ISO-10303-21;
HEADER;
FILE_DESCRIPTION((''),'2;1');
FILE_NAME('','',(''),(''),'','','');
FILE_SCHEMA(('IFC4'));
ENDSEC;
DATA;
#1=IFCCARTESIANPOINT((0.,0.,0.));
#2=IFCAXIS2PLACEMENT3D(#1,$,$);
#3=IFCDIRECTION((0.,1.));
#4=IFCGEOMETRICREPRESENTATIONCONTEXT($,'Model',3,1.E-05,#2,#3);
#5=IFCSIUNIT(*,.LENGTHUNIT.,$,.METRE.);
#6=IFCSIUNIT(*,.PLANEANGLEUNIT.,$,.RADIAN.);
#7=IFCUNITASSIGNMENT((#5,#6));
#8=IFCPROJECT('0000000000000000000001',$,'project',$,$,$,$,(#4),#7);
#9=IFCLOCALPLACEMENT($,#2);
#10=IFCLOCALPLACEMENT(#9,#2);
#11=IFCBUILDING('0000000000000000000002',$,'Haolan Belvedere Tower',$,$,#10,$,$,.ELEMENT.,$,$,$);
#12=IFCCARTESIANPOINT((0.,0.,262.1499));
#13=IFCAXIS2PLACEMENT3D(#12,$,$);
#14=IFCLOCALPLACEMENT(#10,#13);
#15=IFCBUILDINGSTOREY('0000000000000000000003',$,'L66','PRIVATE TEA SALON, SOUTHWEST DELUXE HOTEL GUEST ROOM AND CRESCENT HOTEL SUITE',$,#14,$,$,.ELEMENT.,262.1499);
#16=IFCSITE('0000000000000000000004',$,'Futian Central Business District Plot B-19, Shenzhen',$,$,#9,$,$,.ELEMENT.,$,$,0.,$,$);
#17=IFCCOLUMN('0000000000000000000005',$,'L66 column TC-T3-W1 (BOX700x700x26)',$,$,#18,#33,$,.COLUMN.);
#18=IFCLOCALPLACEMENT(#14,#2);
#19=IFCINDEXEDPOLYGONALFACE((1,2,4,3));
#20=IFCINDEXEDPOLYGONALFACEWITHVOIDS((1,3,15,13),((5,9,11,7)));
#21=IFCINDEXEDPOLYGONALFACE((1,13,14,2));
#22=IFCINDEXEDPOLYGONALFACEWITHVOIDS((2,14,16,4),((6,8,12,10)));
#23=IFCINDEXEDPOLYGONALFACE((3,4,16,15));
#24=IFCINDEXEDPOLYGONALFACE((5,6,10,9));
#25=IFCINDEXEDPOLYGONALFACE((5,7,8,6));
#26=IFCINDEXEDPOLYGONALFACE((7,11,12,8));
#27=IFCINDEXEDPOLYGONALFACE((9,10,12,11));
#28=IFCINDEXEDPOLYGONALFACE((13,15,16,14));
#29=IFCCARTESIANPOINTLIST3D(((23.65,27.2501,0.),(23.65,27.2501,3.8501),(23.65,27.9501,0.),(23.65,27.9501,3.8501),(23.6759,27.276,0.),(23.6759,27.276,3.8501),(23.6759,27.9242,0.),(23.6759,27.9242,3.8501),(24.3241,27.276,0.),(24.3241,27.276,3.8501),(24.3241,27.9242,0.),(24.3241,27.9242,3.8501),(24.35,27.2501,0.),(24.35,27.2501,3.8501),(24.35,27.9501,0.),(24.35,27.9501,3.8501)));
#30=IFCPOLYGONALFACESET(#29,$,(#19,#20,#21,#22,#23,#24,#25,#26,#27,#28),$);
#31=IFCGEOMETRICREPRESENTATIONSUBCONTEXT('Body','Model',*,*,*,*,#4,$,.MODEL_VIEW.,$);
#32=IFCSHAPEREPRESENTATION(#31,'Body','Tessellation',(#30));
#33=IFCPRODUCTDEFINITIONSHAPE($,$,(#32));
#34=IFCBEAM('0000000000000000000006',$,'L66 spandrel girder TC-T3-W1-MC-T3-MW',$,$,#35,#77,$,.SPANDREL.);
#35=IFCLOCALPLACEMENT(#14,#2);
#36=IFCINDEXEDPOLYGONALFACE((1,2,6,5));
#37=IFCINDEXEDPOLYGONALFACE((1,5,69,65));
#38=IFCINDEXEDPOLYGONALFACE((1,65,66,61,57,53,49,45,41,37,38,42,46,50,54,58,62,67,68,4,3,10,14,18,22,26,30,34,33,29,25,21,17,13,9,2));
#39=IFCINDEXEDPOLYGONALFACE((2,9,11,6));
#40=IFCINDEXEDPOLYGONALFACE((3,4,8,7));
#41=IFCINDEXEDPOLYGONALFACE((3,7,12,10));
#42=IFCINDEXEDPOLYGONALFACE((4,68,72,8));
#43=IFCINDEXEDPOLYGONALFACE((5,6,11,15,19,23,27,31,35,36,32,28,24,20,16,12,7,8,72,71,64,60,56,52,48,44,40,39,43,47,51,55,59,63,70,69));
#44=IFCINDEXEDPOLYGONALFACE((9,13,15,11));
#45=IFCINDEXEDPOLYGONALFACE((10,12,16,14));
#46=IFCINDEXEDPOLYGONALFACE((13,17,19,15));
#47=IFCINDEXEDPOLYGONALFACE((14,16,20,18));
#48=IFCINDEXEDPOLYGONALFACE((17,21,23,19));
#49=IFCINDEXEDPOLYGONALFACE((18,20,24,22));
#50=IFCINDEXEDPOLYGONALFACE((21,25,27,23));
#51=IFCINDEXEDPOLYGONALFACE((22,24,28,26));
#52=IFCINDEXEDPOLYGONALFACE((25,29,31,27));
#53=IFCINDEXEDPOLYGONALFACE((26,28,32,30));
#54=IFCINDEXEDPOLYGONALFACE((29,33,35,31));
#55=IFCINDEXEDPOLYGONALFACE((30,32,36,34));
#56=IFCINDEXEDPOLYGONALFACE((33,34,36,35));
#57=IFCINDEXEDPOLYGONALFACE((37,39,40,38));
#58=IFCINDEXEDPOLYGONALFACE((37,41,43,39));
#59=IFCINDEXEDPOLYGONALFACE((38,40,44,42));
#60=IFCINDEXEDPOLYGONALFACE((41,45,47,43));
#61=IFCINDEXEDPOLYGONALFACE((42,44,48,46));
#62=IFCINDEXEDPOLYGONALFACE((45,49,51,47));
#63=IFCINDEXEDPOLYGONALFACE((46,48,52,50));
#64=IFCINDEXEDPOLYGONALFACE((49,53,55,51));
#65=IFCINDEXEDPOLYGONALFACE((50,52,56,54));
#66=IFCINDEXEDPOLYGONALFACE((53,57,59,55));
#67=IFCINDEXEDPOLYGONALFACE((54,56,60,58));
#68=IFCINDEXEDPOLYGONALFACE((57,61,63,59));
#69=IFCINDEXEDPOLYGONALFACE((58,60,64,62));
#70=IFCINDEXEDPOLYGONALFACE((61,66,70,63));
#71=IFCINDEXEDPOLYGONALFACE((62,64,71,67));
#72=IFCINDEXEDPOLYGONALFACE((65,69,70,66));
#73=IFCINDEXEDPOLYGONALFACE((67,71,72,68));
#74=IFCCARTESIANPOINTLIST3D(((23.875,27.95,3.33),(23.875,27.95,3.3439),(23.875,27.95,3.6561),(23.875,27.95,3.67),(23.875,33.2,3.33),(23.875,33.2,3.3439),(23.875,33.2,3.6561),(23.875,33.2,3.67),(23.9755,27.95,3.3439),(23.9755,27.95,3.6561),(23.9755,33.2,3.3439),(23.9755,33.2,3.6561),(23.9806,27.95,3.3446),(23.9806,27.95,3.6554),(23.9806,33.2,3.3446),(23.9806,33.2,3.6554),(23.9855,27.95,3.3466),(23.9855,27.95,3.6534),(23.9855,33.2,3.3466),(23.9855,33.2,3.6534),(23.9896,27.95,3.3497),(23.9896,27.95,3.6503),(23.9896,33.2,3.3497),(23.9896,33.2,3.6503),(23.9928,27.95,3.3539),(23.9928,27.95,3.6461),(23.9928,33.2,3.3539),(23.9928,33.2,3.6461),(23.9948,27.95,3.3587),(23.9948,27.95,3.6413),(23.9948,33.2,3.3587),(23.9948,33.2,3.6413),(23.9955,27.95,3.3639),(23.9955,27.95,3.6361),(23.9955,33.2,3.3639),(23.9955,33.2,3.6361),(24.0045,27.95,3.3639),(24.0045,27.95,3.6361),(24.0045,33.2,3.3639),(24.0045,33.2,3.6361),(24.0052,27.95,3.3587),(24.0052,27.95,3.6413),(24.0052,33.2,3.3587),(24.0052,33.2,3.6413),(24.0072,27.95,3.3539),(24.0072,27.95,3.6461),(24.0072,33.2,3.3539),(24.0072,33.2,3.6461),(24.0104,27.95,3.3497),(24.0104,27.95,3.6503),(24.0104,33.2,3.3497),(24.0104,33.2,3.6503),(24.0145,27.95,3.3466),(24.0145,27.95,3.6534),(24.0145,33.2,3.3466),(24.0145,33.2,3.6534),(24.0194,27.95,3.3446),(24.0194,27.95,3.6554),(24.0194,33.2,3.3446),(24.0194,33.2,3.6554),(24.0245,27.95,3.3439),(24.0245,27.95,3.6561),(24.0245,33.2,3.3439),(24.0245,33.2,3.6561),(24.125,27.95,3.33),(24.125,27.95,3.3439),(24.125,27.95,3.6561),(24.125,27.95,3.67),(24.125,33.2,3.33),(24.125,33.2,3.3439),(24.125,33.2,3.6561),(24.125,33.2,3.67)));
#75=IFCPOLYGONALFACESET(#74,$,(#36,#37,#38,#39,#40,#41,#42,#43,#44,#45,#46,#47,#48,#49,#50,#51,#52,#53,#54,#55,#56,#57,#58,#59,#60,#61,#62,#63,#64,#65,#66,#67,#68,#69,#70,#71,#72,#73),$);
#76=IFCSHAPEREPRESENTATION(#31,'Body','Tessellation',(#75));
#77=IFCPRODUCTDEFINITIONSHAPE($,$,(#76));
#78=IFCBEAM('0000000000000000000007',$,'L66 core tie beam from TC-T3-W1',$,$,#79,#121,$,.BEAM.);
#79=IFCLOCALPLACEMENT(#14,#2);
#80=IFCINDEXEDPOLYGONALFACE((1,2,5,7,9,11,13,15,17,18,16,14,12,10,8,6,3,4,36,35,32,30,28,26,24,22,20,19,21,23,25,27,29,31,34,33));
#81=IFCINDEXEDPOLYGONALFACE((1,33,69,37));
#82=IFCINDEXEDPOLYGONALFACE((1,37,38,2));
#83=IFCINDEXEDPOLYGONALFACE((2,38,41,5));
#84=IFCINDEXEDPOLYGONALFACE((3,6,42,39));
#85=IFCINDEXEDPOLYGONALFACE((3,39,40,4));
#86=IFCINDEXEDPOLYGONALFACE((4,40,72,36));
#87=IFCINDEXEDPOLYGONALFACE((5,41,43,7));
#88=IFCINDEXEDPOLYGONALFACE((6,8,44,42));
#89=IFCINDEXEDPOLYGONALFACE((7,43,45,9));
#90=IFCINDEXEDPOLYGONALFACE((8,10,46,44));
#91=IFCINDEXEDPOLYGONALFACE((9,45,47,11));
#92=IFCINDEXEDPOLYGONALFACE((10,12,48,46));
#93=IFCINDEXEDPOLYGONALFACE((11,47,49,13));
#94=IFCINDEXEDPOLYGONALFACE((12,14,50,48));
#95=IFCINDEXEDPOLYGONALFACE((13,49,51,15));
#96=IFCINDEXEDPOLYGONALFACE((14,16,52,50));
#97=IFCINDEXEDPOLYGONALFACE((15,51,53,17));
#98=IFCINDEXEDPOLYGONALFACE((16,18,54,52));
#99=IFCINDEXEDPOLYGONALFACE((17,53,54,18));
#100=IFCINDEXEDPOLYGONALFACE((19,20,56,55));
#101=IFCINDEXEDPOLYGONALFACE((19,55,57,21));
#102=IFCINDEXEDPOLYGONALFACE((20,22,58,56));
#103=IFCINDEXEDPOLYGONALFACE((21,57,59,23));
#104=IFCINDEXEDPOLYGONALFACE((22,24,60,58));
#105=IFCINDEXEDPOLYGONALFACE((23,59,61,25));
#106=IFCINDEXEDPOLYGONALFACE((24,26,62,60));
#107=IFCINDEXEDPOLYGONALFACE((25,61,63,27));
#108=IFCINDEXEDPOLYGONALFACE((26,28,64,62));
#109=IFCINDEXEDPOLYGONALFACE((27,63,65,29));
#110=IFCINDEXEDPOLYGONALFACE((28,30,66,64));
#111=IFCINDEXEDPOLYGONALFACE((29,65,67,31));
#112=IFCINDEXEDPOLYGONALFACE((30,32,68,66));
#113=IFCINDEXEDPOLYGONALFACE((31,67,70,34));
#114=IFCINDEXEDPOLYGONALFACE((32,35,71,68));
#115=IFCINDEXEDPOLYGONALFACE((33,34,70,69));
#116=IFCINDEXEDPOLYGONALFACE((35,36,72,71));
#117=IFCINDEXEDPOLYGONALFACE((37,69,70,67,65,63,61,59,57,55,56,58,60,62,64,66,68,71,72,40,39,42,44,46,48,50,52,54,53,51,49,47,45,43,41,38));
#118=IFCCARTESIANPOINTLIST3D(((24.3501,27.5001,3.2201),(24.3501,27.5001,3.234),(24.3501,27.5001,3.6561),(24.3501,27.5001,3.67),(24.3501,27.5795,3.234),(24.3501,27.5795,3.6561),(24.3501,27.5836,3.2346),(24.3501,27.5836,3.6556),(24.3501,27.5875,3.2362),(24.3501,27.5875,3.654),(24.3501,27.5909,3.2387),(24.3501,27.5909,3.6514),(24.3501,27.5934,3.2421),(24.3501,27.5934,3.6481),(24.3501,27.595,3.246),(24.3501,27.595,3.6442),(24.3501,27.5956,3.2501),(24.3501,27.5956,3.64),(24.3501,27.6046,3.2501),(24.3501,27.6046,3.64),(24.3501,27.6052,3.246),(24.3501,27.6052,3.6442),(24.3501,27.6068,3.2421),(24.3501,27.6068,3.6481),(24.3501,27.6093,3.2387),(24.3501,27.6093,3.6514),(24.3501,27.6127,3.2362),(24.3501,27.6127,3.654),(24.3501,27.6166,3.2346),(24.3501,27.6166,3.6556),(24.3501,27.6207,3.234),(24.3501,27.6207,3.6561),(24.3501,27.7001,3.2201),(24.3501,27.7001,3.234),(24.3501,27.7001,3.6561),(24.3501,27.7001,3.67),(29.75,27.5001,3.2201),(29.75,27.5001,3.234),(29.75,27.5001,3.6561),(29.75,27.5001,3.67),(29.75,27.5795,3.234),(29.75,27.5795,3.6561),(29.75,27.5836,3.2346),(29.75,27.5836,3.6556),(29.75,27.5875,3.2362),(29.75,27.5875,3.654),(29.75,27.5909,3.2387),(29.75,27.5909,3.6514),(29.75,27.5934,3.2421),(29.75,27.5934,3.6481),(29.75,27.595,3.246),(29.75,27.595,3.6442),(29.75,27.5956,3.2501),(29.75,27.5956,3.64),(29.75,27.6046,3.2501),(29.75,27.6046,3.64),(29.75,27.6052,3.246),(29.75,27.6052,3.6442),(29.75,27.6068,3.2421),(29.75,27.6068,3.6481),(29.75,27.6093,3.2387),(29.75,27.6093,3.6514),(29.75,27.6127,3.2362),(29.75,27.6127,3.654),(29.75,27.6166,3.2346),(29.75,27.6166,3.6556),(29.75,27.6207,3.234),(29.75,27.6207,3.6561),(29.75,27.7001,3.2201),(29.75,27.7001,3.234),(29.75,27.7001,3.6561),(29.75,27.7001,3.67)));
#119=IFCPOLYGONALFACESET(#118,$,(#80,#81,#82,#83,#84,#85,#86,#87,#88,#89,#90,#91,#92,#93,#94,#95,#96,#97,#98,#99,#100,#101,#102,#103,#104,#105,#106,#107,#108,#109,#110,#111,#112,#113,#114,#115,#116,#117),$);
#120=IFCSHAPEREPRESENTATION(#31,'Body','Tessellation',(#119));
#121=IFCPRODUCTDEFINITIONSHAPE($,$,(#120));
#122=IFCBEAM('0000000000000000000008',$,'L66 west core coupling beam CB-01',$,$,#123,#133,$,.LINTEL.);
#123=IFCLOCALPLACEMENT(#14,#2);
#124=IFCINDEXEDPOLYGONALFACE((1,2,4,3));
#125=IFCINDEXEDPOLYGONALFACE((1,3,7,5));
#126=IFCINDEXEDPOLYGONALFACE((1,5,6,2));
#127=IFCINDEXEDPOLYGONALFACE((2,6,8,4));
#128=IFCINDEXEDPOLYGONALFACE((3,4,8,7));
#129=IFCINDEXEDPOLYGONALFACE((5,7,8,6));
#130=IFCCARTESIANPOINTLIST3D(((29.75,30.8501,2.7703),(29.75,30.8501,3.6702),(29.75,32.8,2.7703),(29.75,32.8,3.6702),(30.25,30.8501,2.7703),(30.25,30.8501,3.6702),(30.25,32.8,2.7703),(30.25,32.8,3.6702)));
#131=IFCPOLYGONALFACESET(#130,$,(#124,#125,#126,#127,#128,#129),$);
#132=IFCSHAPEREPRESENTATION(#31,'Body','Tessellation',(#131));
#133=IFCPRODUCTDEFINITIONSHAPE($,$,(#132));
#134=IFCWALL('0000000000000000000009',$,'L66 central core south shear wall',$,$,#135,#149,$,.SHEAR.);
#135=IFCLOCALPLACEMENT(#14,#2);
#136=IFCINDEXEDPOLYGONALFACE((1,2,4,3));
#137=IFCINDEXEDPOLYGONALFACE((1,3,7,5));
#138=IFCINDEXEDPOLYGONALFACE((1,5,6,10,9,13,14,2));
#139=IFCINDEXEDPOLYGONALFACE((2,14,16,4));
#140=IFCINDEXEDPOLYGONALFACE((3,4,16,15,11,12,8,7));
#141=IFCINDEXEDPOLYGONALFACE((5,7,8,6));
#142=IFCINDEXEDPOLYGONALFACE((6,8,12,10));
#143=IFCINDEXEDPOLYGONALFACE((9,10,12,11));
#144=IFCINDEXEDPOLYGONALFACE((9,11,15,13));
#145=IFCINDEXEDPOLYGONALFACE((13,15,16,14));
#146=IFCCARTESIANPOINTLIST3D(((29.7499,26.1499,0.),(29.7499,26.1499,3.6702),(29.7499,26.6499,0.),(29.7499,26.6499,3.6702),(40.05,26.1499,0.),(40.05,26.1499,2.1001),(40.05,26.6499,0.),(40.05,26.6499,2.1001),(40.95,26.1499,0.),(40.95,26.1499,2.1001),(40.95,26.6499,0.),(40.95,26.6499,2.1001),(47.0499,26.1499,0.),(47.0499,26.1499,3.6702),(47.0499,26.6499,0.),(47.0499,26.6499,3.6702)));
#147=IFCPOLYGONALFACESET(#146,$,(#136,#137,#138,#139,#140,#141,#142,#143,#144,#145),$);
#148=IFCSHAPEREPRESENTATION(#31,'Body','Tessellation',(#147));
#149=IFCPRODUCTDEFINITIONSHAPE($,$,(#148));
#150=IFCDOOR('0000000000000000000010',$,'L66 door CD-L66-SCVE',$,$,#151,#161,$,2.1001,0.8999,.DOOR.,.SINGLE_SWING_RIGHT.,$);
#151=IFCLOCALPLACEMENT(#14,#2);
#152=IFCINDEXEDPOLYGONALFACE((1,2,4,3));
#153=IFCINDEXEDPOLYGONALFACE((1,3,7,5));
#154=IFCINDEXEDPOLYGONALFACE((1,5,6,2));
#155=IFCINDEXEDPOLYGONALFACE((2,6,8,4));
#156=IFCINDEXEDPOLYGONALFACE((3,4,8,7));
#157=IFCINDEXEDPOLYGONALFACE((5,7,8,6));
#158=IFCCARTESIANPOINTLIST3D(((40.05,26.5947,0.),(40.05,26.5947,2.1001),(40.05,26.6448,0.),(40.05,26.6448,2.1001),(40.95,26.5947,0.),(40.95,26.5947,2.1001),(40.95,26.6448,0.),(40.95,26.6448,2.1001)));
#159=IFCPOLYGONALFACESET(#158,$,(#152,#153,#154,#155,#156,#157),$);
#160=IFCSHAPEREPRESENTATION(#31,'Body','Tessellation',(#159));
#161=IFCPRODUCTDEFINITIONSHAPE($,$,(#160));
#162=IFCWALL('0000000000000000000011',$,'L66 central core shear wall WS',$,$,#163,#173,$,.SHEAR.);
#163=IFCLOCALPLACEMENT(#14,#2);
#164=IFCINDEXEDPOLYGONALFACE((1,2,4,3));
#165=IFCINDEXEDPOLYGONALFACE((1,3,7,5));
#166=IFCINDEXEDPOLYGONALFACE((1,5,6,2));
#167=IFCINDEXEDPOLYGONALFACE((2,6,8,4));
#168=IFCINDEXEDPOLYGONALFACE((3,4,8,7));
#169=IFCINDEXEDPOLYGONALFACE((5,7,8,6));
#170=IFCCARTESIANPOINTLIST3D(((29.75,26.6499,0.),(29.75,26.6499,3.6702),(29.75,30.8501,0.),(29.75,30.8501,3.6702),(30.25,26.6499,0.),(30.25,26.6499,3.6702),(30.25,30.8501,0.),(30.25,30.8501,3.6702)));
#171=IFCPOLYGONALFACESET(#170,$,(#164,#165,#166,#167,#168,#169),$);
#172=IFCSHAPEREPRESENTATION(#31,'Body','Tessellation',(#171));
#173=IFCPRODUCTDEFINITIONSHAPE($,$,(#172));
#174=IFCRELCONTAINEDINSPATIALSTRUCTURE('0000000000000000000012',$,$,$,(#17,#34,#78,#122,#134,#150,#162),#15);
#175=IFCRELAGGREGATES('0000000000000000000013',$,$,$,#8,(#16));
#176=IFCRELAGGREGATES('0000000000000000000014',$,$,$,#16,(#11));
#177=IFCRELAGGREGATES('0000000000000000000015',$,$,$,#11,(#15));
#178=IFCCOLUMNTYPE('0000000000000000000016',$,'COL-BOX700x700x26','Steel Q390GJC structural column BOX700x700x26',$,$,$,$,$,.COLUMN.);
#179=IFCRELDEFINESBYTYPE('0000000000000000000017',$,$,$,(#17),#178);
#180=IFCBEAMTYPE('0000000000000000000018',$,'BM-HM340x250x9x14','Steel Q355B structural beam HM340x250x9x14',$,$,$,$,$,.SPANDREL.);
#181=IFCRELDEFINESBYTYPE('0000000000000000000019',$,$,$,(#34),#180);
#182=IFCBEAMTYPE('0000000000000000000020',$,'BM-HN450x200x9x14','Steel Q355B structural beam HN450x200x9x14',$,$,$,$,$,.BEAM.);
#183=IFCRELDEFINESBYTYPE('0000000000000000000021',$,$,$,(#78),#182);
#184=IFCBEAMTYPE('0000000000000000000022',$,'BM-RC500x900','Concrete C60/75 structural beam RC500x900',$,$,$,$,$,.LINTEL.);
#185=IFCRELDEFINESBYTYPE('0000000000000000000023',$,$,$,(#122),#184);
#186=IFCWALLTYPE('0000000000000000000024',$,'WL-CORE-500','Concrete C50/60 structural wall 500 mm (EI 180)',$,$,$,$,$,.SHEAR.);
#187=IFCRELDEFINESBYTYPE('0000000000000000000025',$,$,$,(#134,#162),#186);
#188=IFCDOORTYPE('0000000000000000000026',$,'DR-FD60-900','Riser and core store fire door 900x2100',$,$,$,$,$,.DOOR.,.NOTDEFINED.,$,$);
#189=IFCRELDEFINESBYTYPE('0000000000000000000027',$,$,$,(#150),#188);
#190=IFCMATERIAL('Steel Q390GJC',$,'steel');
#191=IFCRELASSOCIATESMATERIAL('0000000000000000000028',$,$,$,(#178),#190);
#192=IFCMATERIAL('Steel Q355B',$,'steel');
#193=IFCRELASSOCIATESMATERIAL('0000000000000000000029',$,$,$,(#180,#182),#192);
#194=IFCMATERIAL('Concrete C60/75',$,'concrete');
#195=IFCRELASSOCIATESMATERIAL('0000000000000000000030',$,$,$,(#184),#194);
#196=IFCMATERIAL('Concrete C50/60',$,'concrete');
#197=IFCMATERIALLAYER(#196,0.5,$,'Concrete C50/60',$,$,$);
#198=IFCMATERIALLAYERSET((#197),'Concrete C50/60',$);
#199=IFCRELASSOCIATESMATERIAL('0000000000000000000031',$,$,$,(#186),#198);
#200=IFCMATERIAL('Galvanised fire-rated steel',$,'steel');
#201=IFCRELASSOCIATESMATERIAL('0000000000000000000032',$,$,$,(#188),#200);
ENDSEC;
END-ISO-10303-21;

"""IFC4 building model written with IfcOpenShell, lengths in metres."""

from ifc_helpers import new_model, si_unit, direction, frame, frame_2d, origin, origin_2d, place, context, subcontext, project, spatial, rectangle, hollow_rectangle, i_section, extrude, material, layer, layer_set, material_profile, profile_set, type_object, element, fill, save


model = new_model("IFC4")

# Units and contexts
model_context = context("Model", 3, precision=1e-05, world=origin(), true_north=direction((0.0, 1.0)))
body_context = subcontext(model_context, "Body", "Model", "MODEL_VIEW")
ifc_project = project(units=[si_unit("LENGTHUNIT", "METRE"), si_unit("PLANEANGLEUNIT", "RADIAN")], contexts=[model_context])

# Site, building, storey
site_placement = place(None, origin())
site = spatial("IfcSite", under=ifc_project, at=site_placement, Name="Futian Central Business District Plot B-19, Shenzhen", CompositionType="ELEMENT", RefElevation=0.0)
building_placement = place(site_placement, origin())
building = spatial("IfcBuilding", under=site, at=building_placement, Name="Haolan Belvedere Tower", CompositionType="ELEMENT")
storey_placement = place(building_placement, frame((0.0, 0.0, 262.1499)))
storey = spatial("IfcBuildingStorey", under=building, at=storey_placement, Name="L66", Description="PRIVATE TEA SALON, SOUTHWEST DELUXE HOTEL GUEST ROOM AND CRESCENT HOTEL SUITE", CompositionType="ELEMENT", Elevation=262.1499)

# Column
ifc_material_1 = material(Name="Steel Q390GJC", Category="steel")
ifc_material_profile_1 = material_profile(ifc_material_1, hollow_rectangle(XDim=0.7, YDim=0.7, WallThickness=0.0259, at=origin_2d()), Name="Steel Q390GJC")
ifc_profile_set_1 = profile_set([ifc_material_profile_1], Name="Steel Q390GJC")
column_type = type_object("IfcColumnType", Name="COL-BOX700x700x26", Description="Steel Q390GJC structural column BOX700x700x26", PredefinedType="COLUMN", material=ifc_profile_set_1)
column_placement = place(storey_placement, frame((24.0, 27.6001, 0.0), z_axis=(0.0, 0.0, 1.0), x_axis=(1.0, 0.0, 0.0)))
element("IfcColumn", 1, at=column_placement, inside=storey, type_object=column_type, Name="L66 column TC-T3-W1 (BOX700x700x26)", PredefinedType="COLUMN", context=body_context, shape_type="SweptSolid", body=[
    extrude(hollow_rectangle(XDim=0.7, YDim=0.7, WallThickness=0.0259, at=origin_2d()), origin(), (0.0, 0.0, 1.0), 3.8501),
])

# Beams
ifc_material_2 = material(Name="Steel Q355B", Category="steel")
ifc_material_profile_2 = material_profile(ifc_material_2, i_section(OverallWidth=0.25, OverallDepth=0.3401, WebThickness=0.009, FlangeThickness=0.0139, FilletRadius=0.02, at=origin_2d()), Name="Steel Q355B")
ifc_profile_set_2 = profile_set([ifc_material_profile_2], Name="Steel Q355B")
beam_type_1 = type_object("IfcBeamType", Name="BM-HM340x250x9x14", Description="Steel Q355B structural beam HM340x250x9x14", PredefinedType="SPANDREL", material=ifc_profile_set_2)
beam_1_placement = place(storey_placement, frame((24.0, 27.95, 3.5), z_axis=(0.0, 1.0, 0.0), x_axis=(-1.0, 0.0, 0.0)))
element("IfcBeam", 2, at=beam_1_placement, inside=storey, type_object=beam_type_1, Name="L66 spandrel girder TC-T3-W1-MC-T3-MW", PredefinedType="SPANDREL", context=body_context, shape_type="SweptSolid", body=[
    extrude(i_section(OverallWidth=0.25, OverallDepth=0.3401, WebThickness=0.009, FlangeThickness=0.0139, FilletRadius=0.02, at=origin_2d()), origin(), (0.0, 0.0, 1.0), 5.25),
])
ifc_material_profile_3 = material_profile(ifc_material_2, i_section(OverallWidth=0.2, OverallDepth=0.45, WebThickness=0.009, FlangeThickness=0.0139, FilletRadius=0.0161, at=origin_2d()), Name="Steel Q355B")
ifc_profile_set_3 = profile_set([ifc_material_profile_3], Name="Steel Q355B")
beam_type_2 = type_object("IfcBeamType", Name="BM-HN450x200x9x14", Description="Steel Q355B structural beam HN450x200x9x14", PredefinedType="BEAM", material=ifc_profile_set_3)
beam_2_placement = place(storey_placement, frame((24.3501, 27.6001, 3.4451), z_axis=(1.0, 0.0, 0.0), x_axis=(0.0, 1.0, 0.0)))
element("IfcBeam", 3, at=beam_2_placement, inside=storey, type_object=beam_type_2, Name="L66 core tie beam from TC-T3-W1", PredefinedType="BEAM", context=body_context, shape_type="SweptSolid", body=[
    extrude(i_section(OverallWidth=0.2, OverallDepth=0.45, WebThickness=0.009, FlangeThickness=0.0139, FilletRadius=0.0161, at=origin_2d()), origin(), (0.0, 0.0, 1.0), 5.3999),
])
ifc_material_3 = material(Name="Concrete C60/75", Category="concrete")
ifc_material_profile_4 = material_profile(ifc_material_3, rectangle(XDim=0.5, YDim=0.8999, at=origin_2d()), Name="Concrete C60/75")
ifc_profile_set_4 = profile_set([ifc_material_profile_4], Name="Concrete C60/75")
beam_type_3 = type_object("IfcBeamType", Name="BM-RC500x900", Description="Concrete C60/75 structural beam RC500x900", PredefinedType="LINTEL", material=ifc_profile_set_4)
beam_3_placement = place(storey_placement, frame((30.0, 30.8501, 3.2202), z_axis=(0.0, 1.0, 0.0), x_axis=(-1.0, 0.0, 0.0)))
element("IfcBeam", 4, at=beam_3_placement, inside=storey, type_object=beam_type_3, Name="L66 west core coupling beam CB-01", PredefinedType="LINTEL", context=body_context, shape_type="SweptSolid", body=[
    extrude(rectangle(XDim=0.5, YDim=0.8999, at=origin_2d()), origin(), (0.0, 0.0, 1.0), 1.95),
])

# Wall, opening, door
ifc_material_4 = material(Name="Concrete C50/60", Category="concrete")
ifc_layer_1 = layer(ifc_material_4, 0.5, Name="Concrete C50/60")
ifc_layer_set_1 = layer_set([ifc_layer_1], Name="Concrete C50/60")
wall_type_1 = type_object("IfcWallType", Name="WL-CORE-500", Description="Concrete C50/60 structural wall 500 mm (EI 180)", PredefinedType="SHEAR", material=ifc_layer_set_1)
wall_1_placement = place(storey_placement, frame((29.75, 26.3999, 0.0), z_axis=(0.0, 0.0, 1.0), x_axis=(1.0, 0.0, 0.0)))
wall_1 = element("IfcWall", 5, at=wall_1_placement, inside=storey, type_object=wall_type_1, Name="L66 central core south shear wall", PredefinedType="SHEAR", context=body_context, shape_type="SweptSolid", body=[
    extrude(rectangle(XDim=17.3, YDim=0.5, at=frame_2d((8.6499, 0.0))), origin(), (0.0, 0.0, 1.0), 3.6702),
])
opening_1_placement = place(wall_1_placement, frame((11.2, 0.0, 0.0), z_axis=(0.0, 0.0, 1.0), x_axis=(-1.0, 0.0, 0.0)))
opening_1 = element("IfcOpeningElement", 6, at=opening_1_placement, cuts=wall_1, PredefinedType="OPENING", context=body_context, shape_type="SweptSolid", body=[
    extrude(rectangle(XDim=0.8999, YDim=2.1001, at=frame_2d((0.45, 1.05))), frame((0.0, 0.26, 0.0), z_axis=(0.0, -1.0, 0.0), x_axis=(1.0, 0.0, 0.0)), (0.0, 0.0, 1.0), 0.52),
])
ifc_material_5 = material(Name="Galvanised fire-rated steel", Category="steel")
door_type_1 = type_object("IfcDoorType", Name="DR-FD60-900", Description="Riser and core store fire door 900x2100", OperationType="NOTDEFINED", PredefinedType="DOOR", material=ifc_material_5)
door_1_placement = place(opening_1_placement, origin())
door_1 = element("IfcDoor", 7, at=door_1_placement, inside=storey, type_object=door_type_1, Name="L66 door CD-L66-SCVE", OperationType="SINGLE_SWING_RIGHT", OverallHeight=2.1001, OverallWidth=0.8999, PredefinedType="DOOR", context=body_context, shape_type="SweptSolid", body=[
    extrude(rectangle(XDim=0.8999, YDim=2.1001, at=frame_2d((0.45, 1.05))), frame((0.0, -0.1948, 0.0), z_axis=(0.0, -1.0, 0.0), x_axis=(1.0, 0.0, 0.0)), (0.0, 0.0, 1.0), 0.05),
])
fill(opening_1, door_1)

# Wall
wall_2_placement = place(storey_placement, frame((30.0, 26.6499, 0.0), z_axis=(0.0, 0.0, 1.0), x_axis=(0.0, 1.0, 0.0)))
element("IfcWall", 8, at=wall_2_placement, inside=storey, type_object=wall_type_1, Name="L66 central core shear wall WS", PredefinedType="SHEAR", context=body_context, shape_type="SweptSolid", body=[
    extrude(rectangle(XDim=4.2002, YDim=0.5, at=frame_2d((2.1001, 0.0))), origin(), (0.0, 0.0, 1.0), 3.6702),
])

save(model, "model.ifc")
